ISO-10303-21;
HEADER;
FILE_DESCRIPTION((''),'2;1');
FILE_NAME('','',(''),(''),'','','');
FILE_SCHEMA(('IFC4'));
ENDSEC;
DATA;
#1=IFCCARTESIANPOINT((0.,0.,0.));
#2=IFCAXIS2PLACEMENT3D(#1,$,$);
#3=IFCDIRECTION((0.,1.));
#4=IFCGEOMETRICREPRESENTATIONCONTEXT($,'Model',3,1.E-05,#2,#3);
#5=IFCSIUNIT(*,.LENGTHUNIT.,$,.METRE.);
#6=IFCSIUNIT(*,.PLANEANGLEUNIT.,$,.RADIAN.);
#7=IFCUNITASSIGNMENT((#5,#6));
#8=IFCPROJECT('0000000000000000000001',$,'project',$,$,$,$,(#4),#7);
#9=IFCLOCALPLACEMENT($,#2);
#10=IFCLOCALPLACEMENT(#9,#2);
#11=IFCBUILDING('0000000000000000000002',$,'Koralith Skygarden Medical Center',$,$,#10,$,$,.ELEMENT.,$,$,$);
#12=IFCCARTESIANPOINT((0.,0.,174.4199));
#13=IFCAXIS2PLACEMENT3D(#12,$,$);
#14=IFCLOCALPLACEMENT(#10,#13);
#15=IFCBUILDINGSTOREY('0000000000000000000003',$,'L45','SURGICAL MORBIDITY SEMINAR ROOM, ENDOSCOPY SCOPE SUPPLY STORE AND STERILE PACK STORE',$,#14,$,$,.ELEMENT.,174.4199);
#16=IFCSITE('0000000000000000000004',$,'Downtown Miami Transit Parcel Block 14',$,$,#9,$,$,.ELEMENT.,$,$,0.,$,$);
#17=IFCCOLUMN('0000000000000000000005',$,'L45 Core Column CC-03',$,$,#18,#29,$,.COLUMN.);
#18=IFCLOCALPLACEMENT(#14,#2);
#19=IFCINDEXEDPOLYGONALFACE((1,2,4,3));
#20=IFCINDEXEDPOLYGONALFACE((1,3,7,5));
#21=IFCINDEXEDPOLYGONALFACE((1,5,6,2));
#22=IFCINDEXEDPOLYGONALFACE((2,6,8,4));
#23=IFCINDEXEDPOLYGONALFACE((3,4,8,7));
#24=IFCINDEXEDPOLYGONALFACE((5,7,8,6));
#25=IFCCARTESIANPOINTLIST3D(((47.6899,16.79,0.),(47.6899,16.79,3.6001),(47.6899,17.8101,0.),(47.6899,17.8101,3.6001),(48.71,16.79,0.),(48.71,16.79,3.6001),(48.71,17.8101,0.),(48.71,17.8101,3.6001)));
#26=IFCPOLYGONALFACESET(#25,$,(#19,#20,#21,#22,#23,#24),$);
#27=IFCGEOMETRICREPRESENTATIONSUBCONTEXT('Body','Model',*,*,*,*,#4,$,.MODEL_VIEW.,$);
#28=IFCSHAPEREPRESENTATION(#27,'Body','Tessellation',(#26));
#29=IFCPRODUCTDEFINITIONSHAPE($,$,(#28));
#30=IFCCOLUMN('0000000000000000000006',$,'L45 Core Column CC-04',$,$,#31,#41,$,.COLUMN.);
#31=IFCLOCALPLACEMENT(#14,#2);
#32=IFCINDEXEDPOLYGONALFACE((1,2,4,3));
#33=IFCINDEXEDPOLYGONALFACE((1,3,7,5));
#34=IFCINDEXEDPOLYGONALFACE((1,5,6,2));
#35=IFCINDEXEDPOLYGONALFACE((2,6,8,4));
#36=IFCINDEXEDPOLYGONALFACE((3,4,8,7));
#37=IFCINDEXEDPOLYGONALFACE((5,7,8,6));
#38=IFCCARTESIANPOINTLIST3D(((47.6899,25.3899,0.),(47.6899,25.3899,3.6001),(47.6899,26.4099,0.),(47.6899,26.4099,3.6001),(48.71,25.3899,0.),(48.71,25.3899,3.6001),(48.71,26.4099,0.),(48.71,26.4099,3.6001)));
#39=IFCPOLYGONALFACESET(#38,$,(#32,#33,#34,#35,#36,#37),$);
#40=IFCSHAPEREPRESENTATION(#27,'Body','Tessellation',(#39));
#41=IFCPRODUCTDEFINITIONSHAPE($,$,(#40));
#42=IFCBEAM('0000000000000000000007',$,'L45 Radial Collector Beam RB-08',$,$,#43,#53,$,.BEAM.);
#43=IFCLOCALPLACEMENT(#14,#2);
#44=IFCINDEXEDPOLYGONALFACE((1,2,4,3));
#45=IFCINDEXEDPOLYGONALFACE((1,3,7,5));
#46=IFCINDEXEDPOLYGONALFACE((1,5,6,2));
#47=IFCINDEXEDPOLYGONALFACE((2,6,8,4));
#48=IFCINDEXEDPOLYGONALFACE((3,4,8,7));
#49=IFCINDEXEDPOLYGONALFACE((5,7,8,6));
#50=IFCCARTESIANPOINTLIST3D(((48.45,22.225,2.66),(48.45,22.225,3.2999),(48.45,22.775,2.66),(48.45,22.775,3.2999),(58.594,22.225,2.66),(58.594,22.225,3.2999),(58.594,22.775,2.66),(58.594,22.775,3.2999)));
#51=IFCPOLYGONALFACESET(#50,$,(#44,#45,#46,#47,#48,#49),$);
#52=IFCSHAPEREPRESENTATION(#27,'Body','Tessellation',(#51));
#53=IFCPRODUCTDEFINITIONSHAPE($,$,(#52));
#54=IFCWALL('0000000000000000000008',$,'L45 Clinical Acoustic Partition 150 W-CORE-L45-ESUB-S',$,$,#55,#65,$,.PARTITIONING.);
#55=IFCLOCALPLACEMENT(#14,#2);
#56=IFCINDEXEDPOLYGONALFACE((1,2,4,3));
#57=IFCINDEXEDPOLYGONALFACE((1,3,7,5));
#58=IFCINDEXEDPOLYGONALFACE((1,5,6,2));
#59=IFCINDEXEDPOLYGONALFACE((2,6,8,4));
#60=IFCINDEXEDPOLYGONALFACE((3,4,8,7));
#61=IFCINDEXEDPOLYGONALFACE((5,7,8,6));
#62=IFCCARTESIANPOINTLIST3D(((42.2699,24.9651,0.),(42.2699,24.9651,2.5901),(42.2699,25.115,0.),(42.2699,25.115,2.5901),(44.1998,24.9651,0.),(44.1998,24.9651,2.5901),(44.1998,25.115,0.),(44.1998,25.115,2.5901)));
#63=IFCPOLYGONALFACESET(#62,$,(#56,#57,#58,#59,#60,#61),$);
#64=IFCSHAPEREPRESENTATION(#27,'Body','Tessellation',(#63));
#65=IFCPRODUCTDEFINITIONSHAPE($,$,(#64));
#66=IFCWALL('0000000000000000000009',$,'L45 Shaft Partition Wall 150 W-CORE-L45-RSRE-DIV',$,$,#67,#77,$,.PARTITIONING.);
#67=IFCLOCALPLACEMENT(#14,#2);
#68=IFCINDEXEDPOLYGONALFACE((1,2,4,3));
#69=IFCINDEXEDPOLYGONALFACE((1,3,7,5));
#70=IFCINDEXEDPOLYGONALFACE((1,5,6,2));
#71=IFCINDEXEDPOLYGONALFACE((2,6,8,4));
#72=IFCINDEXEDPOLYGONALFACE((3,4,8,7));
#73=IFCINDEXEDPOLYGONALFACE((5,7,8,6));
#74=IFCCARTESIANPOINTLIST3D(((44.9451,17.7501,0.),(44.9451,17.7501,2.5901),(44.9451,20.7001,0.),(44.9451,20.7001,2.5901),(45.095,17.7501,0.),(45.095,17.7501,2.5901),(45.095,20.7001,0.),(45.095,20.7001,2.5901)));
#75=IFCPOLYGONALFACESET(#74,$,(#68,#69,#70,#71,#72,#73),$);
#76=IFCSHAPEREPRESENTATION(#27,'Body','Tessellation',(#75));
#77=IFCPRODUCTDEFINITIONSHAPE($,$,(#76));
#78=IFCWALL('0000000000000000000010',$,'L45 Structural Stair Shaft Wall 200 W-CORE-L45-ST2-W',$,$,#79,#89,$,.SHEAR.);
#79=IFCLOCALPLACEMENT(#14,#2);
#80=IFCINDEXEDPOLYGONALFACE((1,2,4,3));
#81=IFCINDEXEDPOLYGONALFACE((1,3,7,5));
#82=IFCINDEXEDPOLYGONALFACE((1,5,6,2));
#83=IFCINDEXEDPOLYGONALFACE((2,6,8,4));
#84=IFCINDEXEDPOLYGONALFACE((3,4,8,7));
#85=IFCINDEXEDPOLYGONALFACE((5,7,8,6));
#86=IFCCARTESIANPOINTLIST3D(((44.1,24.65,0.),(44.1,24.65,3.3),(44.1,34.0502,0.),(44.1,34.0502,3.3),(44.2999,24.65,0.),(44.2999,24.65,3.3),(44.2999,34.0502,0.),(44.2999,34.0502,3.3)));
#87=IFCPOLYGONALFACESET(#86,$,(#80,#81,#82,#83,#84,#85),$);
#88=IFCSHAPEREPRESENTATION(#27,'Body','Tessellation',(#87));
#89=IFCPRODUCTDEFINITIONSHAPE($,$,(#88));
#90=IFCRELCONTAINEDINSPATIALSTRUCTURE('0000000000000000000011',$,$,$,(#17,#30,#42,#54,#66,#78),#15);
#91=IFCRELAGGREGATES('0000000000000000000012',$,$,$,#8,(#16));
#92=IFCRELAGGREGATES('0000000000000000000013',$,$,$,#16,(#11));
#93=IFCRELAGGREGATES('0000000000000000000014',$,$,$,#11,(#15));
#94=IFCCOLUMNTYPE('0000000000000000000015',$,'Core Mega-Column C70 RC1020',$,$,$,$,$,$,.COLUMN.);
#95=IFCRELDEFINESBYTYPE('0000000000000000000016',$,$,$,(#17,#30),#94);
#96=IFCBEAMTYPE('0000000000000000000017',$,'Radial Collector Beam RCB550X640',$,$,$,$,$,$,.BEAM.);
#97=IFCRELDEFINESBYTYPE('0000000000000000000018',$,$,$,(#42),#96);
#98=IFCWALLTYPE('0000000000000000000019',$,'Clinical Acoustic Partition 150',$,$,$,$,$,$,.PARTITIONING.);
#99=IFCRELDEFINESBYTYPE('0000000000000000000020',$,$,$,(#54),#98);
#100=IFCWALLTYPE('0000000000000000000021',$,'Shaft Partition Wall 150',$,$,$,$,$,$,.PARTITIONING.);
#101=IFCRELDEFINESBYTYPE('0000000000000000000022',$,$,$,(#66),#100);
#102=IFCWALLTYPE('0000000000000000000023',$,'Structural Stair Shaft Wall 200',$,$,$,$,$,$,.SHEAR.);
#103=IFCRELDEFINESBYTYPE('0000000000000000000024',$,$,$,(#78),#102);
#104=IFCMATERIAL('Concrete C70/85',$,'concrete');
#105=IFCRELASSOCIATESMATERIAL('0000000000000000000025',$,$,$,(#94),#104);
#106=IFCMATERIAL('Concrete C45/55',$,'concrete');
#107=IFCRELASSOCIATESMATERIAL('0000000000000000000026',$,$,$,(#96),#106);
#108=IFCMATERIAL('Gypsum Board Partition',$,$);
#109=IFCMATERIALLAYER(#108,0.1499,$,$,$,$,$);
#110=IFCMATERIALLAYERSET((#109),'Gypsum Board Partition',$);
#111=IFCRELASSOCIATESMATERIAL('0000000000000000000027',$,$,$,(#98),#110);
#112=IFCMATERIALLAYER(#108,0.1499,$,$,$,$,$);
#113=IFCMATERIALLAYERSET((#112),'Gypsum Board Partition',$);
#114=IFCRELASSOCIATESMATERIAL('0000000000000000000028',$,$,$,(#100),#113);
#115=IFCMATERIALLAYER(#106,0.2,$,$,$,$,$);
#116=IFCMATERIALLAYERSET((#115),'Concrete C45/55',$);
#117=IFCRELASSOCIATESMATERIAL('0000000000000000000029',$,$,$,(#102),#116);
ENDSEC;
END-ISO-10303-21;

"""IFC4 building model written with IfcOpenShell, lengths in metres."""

from ifc_helpers import new_model, si_unit, direction, frame, frame_2d, origin, origin_2d, place, context, subcontext, project, spatial, rectangle, extrude, material, layer, layer_set, material_profile, profile_set, type_object, element, save


model = new_model("IFC4")

# Units and contexts
model_context = context("Model", 3, precision=1e-05, world=origin(), true_north=direction((0.0, 1.0)))
body_context = subcontext(model_context, "Body", "Model", "MODEL_VIEW")
ifc_project = project(units=[si_unit("LENGTHUNIT", "METRE"), si_unit("PLANEANGLEUNIT", "RADIAN")], contexts=[model_context])

# Site, building, storey
site_placement = place(None, origin())
site = spatial("IfcSite", under=ifc_project, at=site_placement, Name="Downtown Miami Transit Parcel Block 14", CompositionType="ELEMENT", RefElevation=0.0)
building_placement = place(site_placement, origin())
building = spatial("IfcBuilding", under=site, at=building_placement, Name="Koralith Skygarden Medical Center", CompositionType="ELEMENT")
storey_placement = place(building_placement, frame((0.0, 0.0, 174.4199)))
storey = spatial("IfcBuildingStorey", under=building, at=storey_placement, Name="L45", Description="SURGICAL MORBIDITY SEMINAR ROOM, ENDOSCOPY SCOPE SUPPLY STORE AND STERILE PACK STORE", CompositionType="ELEMENT", Elevation=174.4199)

# Columns
ifc_material_1 = material(Name="Concrete C70/85", Category="concrete")
ifc_material_profile_1 = material_profile(ifc_material_1, rectangle(XDim=1.02, YDim=1.02, at=origin_2d()), Name="RC1020X1020")
ifc_profile_set_1 = profile_set([ifc_material_profile_1], Name="Concrete C70/85")
column_type = type_object("IfcColumnType", Name="Core Mega-Column C70 RC1020", PredefinedType="COLUMN", material=ifc_profile_set_1)
for number, where, z_axis, x_axis, name in (
    (1, (48.2, 17.3, 0.0), (0.0, 0.0, 1.0), (1.0, 0.0, 0.0), "L45 Core Column CC-03"),
    (2, (48.2, 25.8999, 0.0), (0.0, 0.0, 1.0), (1.0, 0.0, 0.0), "L45 Core Column CC-04"),
):
    element("IfcColumn", number, at=place(storey_placement, frame(where, z_axis=z_axis, x_axis=x_axis)), inside=storey, type_object=column_type, Name=name, PredefinedType="COLUMN", context=body_context, shape_type="SweptSolid", body=[
        extrude(rectangle(XDim=1.02, YDim=1.02, at=origin_2d()), origin(), (0.0, 0.0, 1.0), 3.6001),
    ])

# Beam
ifc_material_2 = material(Name="Concrete C45/55", Category="concrete")
ifc_material_profile_2 = material_profile(ifc_material_2, rectangle(XDim=0.55, YDim=0.6399, at=origin_2d()), Name="RCB550X640")
ifc_profile_set_2 = profile_set([ifc_material_profile_2], Name="Concrete C45/55")
beam_type = type_object("IfcBeamType", Name="Radial Collector Beam RCB550X640", PredefinedType="BEAM", material=ifc_profile_set_2)
beam_placement = place(storey_placement, frame((48.45, 22.5, 2.98), z_axis=(1.0, 0.0, 0.0), x_axis=(0.0, 1.0, 0.0)))
element("IfcBeam", 3, at=beam_placement, inside=storey, type_object=beam_type, Name="L45 Radial Collector Beam RB-08", PredefinedType="BEAM", context=body_context, shape_type="SweptSolid", body=[
    extrude(rectangle(XDim=0.55, YDim=0.6399, at=origin_2d()), origin(), (0.0, 0.0, 1.0), 10.144),
])

# Wall
ifc_material_3 = material(Name="Gypsum Board Partition")
ifc_layer_1 = layer(ifc_material_3, 0.1499)
ifc_layer_set_1 = layer_set([ifc_layer_1], Name="Gypsum Board Partition")
wall_type_1 = type_object("IfcWallType", Name="Clinical Acoustic Partition 150", PredefinedType="PARTITIONING", material=ifc_layer_set_1)
wall_1_placement = place(storey_placement, frame((42.27, 25.04, 0.0), z_axis=(0.0, 0.0, 1.0), x_axis=(1.0, 0.0, 0.0)))
element("IfcWall", 4, at=wall_1_placement, inside=storey, type_object=wall_type_1, Name="L45 Clinical Acoustic Partition 150 W-CORE-L45-ESUB-S", PredefinedType="PARTITIONING", context=body_context, shape_type="SweptSolid", body=[
    extrude(rectangle(XDim=1.9299, YDim=0.1499, at=frame_2d((0.9648, 0.0))), origin(), (0.0, 0.0, 1.0), 2.5901),
])

# Walls
ifc_layer_2 = layer(ifc_material_3, 0.1499)
ifc_layer_set_2 = layer_set([ifc_layer_2], Name="Gypsum Board Partition")
wall_type_2 = type_object("IfcWallType", Name="Shaft Partition Wall 150", PredefinedType="PARTITIONING", material=ifc_layer_set_2)
wall_2_placement = place(storey_placement, frame((45.02, 17.75, 0.0), z_axis=(0.0, 0.0, 1.0), x_axis=(0.0, 1.0, 0.0)))
element("IfcWall", 5, at=wall_2_placement, inside=storey, type_object=wall_type_2, Name="L45 Shaft Partition Wall 150 W-CORE-L45-RSRE-DIV", PredefinedType="PARTITIONING", context=body_context, shape_type="SweptSolid", body=[
    extrude(rectangle(XDim=2.95, YDim=0.1499, at=frame_2d((1.4751, 0.0))), origin(), (0.0, 0.0, 1.0), 2.5901),
])
ifc_layer_3 = layer(ifc_material_2, 0.2)
ifc_layer_set_3 = layer_set([ifc_layer_3], Name="Concrete C45/55")
wall_type_3 = type_object("IfcWallType", Name="Structural Stair Shaft Wall 200", PredefinedType="SHEAR", material=ifc_layer_set_3)
wall_3_placement = place(storey_placement, frame((44.2, 24.6499, 0.0), z_axis=(0.0, 0.0, 1.0), x_axis=(0.0, 1.0, 0.0)))
element("IfcWall", 6, at=wall_3_placement, inside=storey, type_object=wall_type_3, Name="L45 Structural Stair Shaft Wall 200 W-CORE-L45-ST2-W", PredefinedType="SHEAR", context=body_context, shape_type="SweptSolid", body=[
    extrude(rectangle(XDim=9.4001, YDim=0.2, at=frame_2d((4.7002, 0.0))), origin(), (0.0, 0.0, 1.0), 3.3),
])

save(model, "model.ifc")
